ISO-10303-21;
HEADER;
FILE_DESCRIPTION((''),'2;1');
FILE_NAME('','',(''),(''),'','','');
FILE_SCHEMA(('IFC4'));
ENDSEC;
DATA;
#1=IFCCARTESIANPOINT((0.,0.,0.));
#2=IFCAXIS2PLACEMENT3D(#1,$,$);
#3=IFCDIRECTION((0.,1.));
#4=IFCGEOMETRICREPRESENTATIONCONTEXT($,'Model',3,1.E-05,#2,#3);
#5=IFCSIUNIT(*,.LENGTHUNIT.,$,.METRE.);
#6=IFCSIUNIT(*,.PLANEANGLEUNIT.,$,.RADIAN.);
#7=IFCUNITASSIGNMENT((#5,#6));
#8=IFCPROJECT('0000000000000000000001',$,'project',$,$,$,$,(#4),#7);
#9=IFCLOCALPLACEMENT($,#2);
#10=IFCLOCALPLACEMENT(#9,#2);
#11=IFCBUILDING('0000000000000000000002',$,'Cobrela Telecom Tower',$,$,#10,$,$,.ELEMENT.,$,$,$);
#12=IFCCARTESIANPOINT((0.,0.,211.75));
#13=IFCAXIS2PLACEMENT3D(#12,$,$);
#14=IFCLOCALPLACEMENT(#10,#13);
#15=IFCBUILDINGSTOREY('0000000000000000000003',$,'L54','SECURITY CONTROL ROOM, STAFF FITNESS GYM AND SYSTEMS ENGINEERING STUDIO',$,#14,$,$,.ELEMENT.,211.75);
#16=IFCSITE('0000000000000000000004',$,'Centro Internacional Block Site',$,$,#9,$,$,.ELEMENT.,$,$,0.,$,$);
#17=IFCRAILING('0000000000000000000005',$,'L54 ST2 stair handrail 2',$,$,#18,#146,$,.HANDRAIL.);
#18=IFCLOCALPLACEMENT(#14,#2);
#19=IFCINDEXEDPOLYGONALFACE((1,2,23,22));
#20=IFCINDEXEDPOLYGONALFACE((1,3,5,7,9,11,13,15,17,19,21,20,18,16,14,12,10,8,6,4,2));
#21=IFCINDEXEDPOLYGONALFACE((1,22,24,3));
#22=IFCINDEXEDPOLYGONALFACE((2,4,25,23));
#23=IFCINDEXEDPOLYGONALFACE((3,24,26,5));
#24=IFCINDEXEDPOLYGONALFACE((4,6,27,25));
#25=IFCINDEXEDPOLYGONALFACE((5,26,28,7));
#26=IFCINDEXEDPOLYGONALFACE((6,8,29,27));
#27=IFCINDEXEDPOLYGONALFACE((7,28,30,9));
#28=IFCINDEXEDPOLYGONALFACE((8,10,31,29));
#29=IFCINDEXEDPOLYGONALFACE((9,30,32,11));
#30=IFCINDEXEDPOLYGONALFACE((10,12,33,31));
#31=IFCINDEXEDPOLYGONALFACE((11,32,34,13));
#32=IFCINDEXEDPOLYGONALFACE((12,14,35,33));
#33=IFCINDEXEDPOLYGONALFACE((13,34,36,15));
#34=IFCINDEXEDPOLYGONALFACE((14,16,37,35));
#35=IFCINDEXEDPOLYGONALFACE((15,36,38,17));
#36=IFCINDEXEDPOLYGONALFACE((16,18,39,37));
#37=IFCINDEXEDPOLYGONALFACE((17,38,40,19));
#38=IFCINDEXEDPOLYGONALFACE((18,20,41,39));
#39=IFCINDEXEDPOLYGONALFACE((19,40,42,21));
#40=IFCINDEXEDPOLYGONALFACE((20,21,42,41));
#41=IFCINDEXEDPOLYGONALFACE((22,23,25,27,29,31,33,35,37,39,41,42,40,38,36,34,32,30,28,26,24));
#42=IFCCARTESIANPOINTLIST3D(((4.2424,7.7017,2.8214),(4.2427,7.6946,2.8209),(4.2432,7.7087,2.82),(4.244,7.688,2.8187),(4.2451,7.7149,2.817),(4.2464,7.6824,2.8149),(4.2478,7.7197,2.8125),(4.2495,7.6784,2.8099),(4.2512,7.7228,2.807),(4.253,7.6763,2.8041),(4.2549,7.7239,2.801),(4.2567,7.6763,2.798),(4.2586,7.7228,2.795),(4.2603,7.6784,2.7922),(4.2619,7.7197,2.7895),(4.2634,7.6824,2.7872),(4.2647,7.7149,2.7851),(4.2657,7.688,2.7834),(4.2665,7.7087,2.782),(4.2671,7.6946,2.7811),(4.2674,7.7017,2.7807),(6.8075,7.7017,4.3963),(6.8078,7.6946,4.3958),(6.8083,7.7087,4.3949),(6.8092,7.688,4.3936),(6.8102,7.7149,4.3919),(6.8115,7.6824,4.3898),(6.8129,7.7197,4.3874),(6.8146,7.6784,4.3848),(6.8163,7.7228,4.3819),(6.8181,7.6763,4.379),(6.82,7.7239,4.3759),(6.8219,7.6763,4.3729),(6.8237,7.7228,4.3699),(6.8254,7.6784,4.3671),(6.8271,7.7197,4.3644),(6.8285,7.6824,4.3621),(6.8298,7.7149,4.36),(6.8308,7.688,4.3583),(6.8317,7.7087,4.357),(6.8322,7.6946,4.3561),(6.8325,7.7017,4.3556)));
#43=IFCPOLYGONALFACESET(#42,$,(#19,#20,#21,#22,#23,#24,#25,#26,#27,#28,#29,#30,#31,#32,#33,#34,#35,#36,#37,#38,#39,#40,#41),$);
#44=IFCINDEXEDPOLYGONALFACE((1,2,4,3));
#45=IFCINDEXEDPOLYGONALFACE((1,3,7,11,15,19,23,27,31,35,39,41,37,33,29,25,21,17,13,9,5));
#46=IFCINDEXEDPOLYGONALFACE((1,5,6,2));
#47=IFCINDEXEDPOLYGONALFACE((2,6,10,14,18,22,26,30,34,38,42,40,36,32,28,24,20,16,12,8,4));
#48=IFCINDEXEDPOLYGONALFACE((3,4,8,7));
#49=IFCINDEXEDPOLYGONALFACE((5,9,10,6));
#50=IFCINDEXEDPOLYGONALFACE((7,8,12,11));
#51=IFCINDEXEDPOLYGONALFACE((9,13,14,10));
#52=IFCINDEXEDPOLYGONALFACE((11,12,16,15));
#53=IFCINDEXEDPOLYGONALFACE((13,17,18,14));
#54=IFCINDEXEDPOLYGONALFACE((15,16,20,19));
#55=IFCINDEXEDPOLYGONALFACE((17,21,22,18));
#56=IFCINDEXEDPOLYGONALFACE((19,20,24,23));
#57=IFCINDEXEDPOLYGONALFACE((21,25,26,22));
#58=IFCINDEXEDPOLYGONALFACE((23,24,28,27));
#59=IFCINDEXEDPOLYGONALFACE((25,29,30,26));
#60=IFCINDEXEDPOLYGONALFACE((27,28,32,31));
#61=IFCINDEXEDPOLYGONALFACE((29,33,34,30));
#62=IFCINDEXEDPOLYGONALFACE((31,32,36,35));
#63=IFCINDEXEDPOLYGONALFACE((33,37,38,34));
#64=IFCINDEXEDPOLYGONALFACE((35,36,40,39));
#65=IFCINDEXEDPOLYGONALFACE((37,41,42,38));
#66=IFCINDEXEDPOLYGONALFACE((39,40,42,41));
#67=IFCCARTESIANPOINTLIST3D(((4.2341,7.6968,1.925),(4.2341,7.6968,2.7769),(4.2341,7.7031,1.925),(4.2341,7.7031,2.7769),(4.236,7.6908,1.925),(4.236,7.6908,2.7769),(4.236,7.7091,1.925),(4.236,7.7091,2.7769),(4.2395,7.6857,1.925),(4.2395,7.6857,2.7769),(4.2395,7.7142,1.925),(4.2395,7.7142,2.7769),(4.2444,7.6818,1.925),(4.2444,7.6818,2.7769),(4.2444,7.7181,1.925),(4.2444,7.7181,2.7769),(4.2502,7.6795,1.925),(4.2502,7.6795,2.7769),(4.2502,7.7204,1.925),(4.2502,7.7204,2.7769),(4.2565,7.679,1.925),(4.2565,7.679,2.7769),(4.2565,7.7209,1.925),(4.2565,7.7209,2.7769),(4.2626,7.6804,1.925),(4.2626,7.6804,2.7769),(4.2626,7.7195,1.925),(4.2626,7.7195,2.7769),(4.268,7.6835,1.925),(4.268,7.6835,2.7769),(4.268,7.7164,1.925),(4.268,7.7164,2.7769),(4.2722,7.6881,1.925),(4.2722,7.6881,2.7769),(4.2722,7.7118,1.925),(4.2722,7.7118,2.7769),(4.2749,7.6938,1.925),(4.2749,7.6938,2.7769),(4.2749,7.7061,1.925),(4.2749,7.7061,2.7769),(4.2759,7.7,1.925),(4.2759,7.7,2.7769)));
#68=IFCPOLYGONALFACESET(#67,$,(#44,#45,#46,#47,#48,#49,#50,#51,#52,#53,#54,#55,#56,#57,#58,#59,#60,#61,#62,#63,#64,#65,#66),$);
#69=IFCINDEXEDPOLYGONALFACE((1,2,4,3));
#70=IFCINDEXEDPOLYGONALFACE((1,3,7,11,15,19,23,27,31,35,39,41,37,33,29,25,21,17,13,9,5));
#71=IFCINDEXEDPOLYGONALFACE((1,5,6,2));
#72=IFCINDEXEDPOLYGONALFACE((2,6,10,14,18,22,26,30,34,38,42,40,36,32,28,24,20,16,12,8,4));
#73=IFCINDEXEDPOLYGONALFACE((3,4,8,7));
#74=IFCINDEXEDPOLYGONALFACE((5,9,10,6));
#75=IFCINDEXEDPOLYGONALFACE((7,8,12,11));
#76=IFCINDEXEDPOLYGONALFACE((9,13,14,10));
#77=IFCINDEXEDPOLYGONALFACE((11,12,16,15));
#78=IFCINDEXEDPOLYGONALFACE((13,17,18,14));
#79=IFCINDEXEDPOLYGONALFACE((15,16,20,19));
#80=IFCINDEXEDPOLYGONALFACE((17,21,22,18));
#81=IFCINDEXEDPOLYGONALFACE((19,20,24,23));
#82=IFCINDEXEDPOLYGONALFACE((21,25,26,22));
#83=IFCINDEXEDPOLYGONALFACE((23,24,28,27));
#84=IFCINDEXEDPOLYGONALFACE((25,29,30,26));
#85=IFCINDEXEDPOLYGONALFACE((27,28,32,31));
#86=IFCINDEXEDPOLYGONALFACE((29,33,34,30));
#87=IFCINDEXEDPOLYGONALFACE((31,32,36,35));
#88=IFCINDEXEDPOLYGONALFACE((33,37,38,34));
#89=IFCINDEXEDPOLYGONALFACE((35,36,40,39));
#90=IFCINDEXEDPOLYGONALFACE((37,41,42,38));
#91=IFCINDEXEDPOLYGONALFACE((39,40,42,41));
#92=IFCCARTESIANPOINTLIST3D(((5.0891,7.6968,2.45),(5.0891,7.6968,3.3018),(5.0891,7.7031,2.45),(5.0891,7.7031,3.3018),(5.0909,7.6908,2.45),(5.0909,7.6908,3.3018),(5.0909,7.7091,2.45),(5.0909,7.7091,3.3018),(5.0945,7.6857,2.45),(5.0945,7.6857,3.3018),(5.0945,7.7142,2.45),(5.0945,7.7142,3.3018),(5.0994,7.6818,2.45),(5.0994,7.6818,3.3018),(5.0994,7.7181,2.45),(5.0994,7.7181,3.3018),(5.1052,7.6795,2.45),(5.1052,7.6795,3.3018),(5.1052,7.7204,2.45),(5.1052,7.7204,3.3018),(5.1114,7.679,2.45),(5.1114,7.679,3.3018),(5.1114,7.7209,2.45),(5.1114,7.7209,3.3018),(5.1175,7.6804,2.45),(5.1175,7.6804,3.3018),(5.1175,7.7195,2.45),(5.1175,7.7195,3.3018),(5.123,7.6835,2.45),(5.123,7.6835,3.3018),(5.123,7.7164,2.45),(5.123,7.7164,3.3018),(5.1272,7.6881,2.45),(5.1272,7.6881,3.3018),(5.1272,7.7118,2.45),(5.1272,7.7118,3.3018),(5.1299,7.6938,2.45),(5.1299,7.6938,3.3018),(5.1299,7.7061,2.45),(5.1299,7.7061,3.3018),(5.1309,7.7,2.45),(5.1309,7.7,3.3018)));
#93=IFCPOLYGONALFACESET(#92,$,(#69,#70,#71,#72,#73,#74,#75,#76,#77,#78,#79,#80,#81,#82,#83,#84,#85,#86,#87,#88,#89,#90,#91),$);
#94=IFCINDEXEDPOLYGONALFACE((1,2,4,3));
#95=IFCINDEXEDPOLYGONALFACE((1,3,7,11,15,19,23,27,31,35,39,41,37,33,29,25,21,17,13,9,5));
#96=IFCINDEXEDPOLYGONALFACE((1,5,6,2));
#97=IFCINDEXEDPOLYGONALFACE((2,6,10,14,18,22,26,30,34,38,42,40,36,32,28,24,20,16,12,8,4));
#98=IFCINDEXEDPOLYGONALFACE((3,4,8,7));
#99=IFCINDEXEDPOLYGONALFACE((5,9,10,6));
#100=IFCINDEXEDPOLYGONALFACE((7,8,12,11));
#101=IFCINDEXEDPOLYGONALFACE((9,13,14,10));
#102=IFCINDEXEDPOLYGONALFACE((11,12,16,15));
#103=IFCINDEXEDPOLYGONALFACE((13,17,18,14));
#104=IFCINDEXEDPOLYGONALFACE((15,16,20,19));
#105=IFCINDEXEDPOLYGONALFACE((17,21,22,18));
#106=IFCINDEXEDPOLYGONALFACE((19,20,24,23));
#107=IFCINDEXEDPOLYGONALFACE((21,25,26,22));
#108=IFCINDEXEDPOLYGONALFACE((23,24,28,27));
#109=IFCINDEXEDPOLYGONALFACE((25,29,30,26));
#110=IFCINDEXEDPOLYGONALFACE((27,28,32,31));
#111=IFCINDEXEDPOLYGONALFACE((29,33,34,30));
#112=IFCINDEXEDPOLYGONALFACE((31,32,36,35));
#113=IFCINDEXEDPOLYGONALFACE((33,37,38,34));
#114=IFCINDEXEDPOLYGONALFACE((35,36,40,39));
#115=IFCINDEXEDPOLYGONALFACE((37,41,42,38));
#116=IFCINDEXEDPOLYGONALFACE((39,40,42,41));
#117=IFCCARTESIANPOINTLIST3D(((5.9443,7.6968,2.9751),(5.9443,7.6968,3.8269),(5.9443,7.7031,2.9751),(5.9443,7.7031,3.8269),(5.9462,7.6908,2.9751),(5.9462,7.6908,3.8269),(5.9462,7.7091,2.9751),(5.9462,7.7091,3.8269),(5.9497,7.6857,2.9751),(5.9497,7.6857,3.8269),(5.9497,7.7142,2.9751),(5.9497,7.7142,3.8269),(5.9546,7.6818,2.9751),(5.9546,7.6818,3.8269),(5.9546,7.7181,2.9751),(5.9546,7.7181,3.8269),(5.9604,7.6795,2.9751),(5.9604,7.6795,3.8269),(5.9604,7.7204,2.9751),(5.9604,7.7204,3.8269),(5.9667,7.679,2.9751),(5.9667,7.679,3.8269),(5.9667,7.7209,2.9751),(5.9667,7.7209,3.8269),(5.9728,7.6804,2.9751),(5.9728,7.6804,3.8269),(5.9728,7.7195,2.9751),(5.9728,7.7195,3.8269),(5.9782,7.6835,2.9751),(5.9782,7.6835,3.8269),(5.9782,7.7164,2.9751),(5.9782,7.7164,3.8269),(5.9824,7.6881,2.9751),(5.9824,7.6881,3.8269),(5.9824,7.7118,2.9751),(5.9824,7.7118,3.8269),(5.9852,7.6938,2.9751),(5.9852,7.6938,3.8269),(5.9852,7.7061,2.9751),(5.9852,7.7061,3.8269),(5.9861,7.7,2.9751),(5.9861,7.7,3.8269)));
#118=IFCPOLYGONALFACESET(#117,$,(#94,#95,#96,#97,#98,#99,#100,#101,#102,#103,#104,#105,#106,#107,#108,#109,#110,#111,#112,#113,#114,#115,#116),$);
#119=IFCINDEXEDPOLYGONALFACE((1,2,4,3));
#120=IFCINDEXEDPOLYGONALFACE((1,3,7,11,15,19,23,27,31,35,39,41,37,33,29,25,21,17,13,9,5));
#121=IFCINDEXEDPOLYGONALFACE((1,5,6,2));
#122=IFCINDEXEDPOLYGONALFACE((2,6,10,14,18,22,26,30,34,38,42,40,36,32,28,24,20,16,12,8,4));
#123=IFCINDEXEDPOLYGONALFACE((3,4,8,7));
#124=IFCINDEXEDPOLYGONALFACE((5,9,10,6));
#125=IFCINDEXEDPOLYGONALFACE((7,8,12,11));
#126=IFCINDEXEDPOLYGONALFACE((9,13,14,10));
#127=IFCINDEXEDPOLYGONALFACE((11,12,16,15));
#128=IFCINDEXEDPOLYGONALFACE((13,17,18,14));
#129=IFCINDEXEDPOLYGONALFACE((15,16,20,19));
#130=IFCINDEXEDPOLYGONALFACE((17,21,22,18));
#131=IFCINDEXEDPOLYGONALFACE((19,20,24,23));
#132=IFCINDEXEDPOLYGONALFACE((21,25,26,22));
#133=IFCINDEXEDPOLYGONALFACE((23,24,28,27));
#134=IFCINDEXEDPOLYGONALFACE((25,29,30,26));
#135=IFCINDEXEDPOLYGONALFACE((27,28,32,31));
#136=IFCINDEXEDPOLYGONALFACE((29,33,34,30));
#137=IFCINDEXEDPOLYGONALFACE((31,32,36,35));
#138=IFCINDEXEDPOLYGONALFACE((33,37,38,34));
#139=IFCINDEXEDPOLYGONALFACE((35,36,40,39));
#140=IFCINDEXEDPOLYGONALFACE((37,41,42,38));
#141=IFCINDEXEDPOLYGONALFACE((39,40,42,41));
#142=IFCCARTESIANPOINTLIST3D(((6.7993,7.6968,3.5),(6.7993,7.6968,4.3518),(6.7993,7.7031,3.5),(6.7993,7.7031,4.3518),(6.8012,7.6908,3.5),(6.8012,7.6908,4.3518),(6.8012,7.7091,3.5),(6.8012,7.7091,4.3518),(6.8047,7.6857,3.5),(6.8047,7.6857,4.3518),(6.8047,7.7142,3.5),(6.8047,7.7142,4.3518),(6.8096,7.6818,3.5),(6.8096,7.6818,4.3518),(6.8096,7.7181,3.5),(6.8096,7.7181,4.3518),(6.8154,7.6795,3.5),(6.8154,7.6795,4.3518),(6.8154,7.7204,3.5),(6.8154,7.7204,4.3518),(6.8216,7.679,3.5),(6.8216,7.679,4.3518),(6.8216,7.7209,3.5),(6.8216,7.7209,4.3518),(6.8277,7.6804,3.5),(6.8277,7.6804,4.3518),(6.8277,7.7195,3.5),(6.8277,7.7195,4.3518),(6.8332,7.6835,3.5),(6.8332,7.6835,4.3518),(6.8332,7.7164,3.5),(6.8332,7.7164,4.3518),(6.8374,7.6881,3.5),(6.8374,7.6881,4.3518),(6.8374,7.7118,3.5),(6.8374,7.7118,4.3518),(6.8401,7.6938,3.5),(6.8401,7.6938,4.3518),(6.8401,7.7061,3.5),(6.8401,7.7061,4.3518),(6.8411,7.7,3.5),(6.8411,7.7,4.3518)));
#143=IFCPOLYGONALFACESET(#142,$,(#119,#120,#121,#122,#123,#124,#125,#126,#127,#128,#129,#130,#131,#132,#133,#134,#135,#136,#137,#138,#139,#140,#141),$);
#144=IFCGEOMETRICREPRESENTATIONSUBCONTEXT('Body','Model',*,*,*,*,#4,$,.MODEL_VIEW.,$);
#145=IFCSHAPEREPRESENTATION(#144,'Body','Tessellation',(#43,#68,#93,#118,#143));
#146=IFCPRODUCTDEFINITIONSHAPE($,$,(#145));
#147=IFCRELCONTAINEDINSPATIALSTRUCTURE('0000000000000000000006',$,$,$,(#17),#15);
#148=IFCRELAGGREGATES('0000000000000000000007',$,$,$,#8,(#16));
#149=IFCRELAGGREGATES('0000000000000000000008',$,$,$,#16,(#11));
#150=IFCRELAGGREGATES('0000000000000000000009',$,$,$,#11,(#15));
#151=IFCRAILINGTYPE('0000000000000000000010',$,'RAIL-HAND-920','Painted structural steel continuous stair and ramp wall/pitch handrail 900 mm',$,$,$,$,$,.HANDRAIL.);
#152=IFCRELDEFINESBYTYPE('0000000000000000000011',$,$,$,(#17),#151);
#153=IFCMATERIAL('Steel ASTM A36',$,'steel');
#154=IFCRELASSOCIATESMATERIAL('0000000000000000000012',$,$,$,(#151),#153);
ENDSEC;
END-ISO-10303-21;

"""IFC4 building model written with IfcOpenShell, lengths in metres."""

from ifc_helpers import new_model, si_unit, direction, frame, origin, origin_2d, place, context, subcontext, project, spatial, circle, extrude, material, type_object, element, save


model = new_model("IFC4")

# Units and contexts
model_context = context("Model", 3, precision=1e-05, world=origin(), true_north=direction((0.0, 1.0)))
body_context = subcontext(model_context, "Body", "Model", "MODEL_VIEW")
ifc_project = project(units=[si_unit("LENGTHUNIT", "METRE"), si_unit("PLANEANGLEUNIT", "RADIAN")], contexts=[model_context])

# Site, building, storey
site_placement = place(None, origin())
site = spatial("IfcSite", under=ifc_project, at=site_placement, Name="Centro Internacional Block Site", CompositionType="ELEMENT", RefElevation=0.0)
building_placement = place(site_placement, origin())
building = spatial("IfcBuilding", under=site, at=building_placement, Name="Cobrela Telecom Tower", CompositionType="ELEMENT")
storey_placement = place(building_placement, frame((0.0, 0.0, 211.75)))
storey = spatial("IfcBuildingStorey", under=building, at=storey_placement, Name="L54", Description="SECURITY CONTROL ROOM, STAFF FITNESS GYM AND SYSTEMS ENGINEERING STUDIO", CompositionType="ELEMENT", Elevation=211.75)

# Railing
ifc_material_1 = material(Name="Steel ASTM A36", Category="steel")
railing_type_1 = type_object("IfcRailingType", Name="RAIL-HAND-920", Description="Painted structural steel continuous stair and ramp wall/pitch handrail 900 mm", PredefinedType="HANDRAIL", material=ifc_material_1)
railing_1_placement = place(storey_placement, frame((4.2549, 7.7, 1.925)))
element("IfcRailing", 1, at=railing_1_placement, inside=storey, type_object=railing_type_1, Name="L54 ST2 stair handrail 2", PredefinedType="HANDRAIL", context=body_context, shape_type="SweptSolid", body=[
    extrude(circle(Radius=0.0239, at=origin_2d()), frame((0.0, 0.0, 0.876), z_axis=(0.852195, 0.0, 0.523224), x_axis=(0.0, 1.0, 0.0)), (0.0, 0.0, 1.0), 3.01),
    extrude(circle(Radius=0.021, at=origin_2d()), origin(), (0.0, 0.0, 1.0), 0.8518),
    extrude(circle(Radius=0.021, at=origin_2d()), frame((0.855, 0.0, 0.5249)), (0.0, 0.0, 1.0), 0.8518),
    extrude(circle(Radius=0.021, at=origin_2d()), frame((1.7102, 0.0, 1.05)), (0.0, 0.0, 1.0), 0.8518),
    extrude(circle(Radius=0.021, at=origin_2d()), frame((2.5652, 0.0, 1.575)), (0.0, 0.0, 1.0), 0.8518),
])

save(model, "model.ifc")
